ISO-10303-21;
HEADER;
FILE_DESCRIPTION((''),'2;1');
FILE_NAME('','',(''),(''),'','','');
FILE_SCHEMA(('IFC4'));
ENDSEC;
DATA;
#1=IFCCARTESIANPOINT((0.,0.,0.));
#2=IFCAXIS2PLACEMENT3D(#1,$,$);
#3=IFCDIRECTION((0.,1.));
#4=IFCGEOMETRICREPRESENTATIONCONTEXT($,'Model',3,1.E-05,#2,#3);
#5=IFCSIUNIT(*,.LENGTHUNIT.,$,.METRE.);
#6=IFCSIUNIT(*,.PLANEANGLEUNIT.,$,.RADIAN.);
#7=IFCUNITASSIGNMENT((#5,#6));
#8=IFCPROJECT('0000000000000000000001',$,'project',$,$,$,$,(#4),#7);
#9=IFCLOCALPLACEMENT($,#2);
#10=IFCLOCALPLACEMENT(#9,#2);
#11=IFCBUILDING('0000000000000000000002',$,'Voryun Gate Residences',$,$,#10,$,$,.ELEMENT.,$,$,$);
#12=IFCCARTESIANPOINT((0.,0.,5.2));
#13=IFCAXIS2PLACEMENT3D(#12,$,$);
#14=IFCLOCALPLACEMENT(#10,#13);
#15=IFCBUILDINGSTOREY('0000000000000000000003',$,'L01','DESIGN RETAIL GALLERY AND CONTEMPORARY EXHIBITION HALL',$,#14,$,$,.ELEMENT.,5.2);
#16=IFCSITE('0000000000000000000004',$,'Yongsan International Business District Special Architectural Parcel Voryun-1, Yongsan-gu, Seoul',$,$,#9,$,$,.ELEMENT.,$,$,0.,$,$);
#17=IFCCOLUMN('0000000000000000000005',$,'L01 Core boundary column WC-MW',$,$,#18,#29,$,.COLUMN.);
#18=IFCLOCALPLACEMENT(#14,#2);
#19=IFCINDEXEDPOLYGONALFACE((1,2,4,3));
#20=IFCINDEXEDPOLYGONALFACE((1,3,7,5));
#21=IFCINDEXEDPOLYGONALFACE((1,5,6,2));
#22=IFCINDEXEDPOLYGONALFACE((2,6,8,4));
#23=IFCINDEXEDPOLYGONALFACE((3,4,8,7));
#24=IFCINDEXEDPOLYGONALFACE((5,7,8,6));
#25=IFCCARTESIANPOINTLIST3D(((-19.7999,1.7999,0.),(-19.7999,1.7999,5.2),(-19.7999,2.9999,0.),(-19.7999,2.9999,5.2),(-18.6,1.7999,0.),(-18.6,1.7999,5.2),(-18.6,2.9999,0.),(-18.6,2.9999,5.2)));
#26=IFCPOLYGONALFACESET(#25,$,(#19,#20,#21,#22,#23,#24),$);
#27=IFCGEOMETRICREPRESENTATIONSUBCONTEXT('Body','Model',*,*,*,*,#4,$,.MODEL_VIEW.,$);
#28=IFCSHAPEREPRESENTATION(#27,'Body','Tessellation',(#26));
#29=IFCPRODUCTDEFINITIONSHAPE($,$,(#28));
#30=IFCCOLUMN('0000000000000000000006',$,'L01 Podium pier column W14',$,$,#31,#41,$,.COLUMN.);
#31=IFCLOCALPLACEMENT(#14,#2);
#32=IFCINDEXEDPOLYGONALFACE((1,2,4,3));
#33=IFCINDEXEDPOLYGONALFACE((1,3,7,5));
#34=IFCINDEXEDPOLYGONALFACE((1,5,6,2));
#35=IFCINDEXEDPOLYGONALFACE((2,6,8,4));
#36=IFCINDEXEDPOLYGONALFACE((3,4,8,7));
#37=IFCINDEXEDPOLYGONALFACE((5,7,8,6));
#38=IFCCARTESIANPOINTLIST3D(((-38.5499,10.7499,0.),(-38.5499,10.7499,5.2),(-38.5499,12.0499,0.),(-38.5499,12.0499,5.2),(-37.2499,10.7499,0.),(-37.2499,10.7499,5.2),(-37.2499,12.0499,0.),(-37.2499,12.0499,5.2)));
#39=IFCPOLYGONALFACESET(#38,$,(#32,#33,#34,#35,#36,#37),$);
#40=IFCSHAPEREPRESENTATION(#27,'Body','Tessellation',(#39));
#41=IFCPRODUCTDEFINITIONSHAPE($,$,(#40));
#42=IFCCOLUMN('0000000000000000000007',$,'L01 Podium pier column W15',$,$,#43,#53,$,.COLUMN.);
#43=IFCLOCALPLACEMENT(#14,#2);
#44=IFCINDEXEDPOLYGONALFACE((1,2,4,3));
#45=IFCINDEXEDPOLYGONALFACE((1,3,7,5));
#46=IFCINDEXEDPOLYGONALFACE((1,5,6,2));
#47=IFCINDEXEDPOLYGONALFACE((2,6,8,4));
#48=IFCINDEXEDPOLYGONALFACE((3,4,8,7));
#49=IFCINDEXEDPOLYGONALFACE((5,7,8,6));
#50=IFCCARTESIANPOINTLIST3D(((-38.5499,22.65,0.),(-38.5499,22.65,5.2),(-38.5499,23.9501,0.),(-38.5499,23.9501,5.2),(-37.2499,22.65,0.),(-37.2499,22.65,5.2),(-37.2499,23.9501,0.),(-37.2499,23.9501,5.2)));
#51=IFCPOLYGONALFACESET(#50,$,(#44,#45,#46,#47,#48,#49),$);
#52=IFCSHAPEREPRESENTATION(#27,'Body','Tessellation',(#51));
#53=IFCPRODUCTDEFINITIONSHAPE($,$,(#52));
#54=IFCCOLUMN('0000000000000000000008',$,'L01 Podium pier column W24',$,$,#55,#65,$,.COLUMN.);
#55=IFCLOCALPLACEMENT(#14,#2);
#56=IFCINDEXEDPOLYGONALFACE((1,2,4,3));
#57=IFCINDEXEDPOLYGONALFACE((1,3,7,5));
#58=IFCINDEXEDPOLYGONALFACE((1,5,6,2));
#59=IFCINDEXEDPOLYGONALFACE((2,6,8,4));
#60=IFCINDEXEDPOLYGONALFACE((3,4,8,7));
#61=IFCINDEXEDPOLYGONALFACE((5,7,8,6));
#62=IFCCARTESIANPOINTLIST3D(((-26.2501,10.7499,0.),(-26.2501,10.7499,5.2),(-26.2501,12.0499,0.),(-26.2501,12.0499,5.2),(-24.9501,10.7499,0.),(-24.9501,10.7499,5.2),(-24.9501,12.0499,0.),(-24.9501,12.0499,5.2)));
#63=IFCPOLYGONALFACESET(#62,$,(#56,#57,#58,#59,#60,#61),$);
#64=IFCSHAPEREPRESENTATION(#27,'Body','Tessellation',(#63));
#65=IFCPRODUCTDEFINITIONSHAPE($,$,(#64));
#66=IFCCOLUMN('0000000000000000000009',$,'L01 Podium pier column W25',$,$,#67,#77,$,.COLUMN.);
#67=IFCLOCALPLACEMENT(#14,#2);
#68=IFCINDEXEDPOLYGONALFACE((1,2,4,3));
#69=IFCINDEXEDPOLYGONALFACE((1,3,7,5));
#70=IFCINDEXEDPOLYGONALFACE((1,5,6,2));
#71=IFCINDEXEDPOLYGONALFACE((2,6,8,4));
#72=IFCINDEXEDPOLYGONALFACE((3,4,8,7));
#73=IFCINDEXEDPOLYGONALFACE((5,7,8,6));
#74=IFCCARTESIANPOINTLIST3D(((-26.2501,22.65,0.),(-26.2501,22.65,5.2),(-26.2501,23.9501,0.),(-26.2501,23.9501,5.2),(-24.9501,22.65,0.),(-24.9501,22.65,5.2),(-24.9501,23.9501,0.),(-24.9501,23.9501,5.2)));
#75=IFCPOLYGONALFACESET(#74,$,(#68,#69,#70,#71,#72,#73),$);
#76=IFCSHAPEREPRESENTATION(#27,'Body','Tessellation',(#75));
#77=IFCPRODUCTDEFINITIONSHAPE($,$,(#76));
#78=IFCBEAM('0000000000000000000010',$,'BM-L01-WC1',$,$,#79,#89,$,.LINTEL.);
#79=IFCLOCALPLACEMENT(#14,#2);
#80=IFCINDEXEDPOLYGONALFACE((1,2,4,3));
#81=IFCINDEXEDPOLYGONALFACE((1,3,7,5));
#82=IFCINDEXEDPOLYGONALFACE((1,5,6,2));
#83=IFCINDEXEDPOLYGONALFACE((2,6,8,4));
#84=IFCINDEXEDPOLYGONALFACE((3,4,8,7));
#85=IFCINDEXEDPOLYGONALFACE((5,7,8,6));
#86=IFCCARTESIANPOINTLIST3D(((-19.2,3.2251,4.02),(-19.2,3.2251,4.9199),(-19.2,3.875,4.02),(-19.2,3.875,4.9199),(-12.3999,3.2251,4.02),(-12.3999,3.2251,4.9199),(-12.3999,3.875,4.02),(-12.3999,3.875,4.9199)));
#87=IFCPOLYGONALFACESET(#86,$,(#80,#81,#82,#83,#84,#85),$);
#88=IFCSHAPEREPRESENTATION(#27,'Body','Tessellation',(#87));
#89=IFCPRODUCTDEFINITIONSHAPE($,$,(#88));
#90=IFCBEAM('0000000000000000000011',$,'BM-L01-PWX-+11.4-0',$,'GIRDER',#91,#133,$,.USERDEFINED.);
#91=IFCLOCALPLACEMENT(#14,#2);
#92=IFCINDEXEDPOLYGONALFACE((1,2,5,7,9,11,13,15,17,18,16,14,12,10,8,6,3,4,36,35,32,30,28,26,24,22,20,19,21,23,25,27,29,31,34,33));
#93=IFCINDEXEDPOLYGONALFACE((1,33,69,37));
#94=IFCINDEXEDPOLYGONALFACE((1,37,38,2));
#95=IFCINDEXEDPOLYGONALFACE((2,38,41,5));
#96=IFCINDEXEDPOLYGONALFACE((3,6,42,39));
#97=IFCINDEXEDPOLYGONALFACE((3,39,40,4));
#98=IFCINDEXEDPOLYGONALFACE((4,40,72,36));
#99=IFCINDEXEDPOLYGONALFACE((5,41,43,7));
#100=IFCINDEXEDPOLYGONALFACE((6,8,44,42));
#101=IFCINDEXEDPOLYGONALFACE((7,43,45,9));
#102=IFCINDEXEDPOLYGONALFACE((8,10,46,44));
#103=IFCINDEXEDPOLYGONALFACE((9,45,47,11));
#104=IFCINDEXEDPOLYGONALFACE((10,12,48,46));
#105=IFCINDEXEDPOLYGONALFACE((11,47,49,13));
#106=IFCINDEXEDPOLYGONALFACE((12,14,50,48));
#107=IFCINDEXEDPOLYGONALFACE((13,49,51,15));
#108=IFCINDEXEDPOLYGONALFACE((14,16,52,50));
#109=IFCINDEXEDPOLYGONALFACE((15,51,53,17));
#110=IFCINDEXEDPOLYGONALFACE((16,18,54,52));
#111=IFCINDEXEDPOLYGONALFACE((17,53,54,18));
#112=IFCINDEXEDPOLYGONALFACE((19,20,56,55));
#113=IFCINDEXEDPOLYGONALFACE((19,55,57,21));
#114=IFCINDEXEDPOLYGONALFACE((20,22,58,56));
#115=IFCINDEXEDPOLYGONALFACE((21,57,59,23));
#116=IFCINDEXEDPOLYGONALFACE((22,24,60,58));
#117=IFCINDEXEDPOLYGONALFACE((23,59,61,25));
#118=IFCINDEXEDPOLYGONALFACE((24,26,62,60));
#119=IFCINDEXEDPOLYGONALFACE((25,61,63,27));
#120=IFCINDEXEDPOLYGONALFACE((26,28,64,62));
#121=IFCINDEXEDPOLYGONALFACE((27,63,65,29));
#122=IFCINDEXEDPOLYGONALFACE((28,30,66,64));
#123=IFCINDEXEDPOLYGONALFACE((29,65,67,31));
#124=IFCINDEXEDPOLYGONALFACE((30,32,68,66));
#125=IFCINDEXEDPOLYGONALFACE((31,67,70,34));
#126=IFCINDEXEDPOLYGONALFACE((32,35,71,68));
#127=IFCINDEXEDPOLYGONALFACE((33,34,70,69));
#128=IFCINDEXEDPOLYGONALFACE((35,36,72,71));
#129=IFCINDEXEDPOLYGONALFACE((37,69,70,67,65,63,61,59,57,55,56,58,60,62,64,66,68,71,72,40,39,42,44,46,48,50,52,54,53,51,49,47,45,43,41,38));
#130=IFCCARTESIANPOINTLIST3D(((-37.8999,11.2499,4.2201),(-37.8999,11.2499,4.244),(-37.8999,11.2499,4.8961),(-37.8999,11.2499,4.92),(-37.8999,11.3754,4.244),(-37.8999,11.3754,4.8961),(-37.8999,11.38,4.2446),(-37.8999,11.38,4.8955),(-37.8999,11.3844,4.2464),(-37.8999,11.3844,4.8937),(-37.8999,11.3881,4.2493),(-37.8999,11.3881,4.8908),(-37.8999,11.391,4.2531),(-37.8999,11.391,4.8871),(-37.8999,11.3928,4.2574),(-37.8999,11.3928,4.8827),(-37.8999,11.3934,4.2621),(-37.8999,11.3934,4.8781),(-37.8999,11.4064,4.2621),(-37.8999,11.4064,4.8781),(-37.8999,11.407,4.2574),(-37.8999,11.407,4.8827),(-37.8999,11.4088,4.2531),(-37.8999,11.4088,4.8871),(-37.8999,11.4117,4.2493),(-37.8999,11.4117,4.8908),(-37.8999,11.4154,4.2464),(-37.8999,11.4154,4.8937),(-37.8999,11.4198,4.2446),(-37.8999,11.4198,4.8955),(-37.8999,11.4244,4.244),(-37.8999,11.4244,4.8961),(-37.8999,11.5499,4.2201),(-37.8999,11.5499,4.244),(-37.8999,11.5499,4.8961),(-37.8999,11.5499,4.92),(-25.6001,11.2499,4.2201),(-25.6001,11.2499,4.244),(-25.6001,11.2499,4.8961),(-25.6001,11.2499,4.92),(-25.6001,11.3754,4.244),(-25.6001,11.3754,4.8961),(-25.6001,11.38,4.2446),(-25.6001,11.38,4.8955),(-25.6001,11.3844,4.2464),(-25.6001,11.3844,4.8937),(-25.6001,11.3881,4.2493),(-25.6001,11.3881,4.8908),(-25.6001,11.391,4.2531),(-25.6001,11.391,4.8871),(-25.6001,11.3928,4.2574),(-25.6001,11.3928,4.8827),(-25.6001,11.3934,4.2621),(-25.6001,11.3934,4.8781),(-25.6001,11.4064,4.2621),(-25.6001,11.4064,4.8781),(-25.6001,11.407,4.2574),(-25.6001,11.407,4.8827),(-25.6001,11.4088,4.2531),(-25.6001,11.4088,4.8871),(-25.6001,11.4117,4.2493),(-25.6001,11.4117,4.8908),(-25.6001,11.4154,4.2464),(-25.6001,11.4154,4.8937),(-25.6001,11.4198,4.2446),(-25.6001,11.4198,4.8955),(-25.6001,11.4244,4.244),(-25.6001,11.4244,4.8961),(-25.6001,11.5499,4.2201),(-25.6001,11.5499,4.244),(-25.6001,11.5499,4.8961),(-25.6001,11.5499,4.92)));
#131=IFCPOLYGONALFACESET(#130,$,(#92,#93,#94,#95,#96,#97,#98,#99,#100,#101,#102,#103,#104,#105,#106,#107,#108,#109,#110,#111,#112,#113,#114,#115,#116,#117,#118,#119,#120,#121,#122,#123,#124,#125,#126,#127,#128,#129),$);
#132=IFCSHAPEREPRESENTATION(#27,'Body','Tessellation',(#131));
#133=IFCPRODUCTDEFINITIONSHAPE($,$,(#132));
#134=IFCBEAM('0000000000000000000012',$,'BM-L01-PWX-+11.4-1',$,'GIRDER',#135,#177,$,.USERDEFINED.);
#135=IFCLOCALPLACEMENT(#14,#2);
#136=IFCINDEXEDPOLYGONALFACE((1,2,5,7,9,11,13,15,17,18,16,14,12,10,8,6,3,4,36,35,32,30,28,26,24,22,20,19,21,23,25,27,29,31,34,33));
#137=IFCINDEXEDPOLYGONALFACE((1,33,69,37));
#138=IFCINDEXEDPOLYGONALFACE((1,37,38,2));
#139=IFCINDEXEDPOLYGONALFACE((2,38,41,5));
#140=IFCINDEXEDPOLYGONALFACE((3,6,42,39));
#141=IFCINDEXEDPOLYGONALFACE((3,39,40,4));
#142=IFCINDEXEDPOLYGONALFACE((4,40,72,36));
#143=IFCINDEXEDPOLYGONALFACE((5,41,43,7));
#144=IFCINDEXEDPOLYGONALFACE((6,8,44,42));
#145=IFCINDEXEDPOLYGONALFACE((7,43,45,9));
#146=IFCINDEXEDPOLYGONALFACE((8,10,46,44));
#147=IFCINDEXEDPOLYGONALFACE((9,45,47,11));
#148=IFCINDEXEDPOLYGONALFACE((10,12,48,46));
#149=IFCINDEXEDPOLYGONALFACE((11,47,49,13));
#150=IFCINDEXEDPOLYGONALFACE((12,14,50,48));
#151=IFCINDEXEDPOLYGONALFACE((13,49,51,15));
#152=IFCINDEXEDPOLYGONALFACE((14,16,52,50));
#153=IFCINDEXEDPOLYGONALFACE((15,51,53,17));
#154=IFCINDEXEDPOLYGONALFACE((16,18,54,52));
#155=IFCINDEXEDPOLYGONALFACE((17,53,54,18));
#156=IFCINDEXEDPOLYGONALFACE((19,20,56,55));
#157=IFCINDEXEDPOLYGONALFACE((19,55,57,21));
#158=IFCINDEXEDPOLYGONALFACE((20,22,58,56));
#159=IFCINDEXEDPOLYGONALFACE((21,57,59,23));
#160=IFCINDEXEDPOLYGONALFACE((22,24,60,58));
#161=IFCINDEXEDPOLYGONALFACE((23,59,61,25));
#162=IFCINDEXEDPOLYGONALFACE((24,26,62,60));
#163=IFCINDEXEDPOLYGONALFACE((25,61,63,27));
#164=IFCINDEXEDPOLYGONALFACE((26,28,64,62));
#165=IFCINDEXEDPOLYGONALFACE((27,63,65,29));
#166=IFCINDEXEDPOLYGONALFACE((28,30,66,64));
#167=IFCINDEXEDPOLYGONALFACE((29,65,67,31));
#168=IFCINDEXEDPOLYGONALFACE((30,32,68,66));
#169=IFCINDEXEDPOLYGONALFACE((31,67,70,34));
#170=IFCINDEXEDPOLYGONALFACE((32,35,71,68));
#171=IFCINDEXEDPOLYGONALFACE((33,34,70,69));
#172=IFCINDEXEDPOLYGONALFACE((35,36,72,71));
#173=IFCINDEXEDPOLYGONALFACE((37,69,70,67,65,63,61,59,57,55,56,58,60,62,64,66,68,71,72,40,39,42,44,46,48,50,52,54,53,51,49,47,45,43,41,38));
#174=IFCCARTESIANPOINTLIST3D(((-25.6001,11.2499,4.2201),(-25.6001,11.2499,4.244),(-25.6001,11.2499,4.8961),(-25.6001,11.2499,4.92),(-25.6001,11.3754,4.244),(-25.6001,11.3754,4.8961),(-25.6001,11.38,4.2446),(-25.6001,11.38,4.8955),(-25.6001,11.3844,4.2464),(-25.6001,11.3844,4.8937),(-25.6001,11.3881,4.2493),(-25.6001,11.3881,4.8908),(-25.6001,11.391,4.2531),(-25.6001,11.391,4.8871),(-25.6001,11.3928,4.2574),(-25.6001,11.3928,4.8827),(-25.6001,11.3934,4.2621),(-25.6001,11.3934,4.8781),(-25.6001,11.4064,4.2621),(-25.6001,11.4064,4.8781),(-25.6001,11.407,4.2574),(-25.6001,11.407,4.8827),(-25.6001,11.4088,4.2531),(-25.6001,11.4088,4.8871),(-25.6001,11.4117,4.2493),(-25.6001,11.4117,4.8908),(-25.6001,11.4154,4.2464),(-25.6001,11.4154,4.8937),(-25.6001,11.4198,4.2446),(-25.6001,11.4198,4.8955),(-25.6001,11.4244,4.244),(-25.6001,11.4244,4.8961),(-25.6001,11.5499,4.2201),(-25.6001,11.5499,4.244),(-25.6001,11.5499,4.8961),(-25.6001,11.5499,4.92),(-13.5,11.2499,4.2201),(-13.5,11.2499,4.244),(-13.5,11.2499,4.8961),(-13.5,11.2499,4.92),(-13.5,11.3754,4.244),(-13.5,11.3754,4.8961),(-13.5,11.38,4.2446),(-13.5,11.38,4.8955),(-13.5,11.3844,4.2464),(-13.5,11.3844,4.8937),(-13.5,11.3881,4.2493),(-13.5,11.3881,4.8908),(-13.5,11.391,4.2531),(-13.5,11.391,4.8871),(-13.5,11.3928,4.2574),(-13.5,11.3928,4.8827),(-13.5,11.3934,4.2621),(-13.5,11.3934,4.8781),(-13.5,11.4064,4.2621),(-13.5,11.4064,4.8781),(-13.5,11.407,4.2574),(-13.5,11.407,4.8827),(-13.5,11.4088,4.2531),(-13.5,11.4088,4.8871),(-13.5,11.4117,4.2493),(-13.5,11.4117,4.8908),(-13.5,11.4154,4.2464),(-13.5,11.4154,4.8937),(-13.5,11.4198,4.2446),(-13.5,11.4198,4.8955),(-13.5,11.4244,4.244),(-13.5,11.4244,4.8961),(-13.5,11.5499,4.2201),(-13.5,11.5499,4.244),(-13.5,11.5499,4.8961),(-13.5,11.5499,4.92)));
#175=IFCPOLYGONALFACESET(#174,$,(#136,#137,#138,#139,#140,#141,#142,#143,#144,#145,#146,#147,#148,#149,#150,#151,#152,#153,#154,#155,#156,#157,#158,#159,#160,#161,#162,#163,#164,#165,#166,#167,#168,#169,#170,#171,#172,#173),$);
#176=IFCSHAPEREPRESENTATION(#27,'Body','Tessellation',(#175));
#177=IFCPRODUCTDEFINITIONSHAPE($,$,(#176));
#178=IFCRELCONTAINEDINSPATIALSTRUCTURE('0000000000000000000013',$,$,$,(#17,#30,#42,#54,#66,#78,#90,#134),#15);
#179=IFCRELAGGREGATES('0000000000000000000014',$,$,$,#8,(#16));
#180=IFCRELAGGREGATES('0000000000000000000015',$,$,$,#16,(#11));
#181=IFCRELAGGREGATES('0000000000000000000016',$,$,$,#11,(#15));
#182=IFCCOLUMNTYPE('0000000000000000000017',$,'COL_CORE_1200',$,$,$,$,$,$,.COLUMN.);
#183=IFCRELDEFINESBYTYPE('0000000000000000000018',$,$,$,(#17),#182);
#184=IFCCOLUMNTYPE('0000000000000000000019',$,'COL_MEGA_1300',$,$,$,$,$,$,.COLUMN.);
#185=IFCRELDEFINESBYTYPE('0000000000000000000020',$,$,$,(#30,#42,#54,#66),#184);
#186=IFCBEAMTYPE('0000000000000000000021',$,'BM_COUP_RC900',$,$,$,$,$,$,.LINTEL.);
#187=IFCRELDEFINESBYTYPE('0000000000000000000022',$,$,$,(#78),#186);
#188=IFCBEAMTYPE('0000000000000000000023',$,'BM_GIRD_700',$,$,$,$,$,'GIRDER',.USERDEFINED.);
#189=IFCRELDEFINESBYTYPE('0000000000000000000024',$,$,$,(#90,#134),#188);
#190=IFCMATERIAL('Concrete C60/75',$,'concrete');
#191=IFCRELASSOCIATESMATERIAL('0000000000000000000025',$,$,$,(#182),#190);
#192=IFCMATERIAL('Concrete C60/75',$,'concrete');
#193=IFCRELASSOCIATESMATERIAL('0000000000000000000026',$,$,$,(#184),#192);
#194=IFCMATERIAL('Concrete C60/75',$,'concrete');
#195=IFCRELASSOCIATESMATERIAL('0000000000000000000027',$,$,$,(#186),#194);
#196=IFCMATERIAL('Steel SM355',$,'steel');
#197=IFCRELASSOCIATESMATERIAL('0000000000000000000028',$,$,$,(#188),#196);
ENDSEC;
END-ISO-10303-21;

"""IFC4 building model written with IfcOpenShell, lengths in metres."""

from ifc_helpers import new_model, si_unit, direction, frame, origin, origin_2d, place, context, subcontext, project, spatial, rectangle, i_section, extrude, material, material_profile, profile_set, type_object, element, save


model = new_model("IFC4")

# Units and contexts
model_context = context("Model", 3, precision=1e-05, world=origin(), true_north=direction((0.0, 1.0)))
body_context = subcontext(model_context, "Body", "Model", "MODEL_VIEW")
ifc_project = project(units=[si_unit("LENGTHUNIT", "METRE"), si_unit("PLANEANGLEUNIT", "RADIAN")], contexts=[model_context])

# Site, building, storey
site_placement = place(None, origin())
site = spatial("IfcSite", under=ifc_project, at=site_placement, Name="Yongsan International Business District Special Architectural Parcel Voryun-1, Yongsan-gu, Seoul", CompositionType="ELEMENT", RefElevation=0.0)
building_placement = place(site_placement, origin())
building = spatial("IfcBuilding", under=site, at=building_placement, Name="Voryun Gate Residences", CompositionType="ELEMENT")
storey_placement = place(building_placement, frame((0.0, 0.0, 5.2)))
storey = spatial("IfcBuildingStorey", under=building, at=storey_placement, Name="L01", Description="DESIGN RETAIL GALLERY AND CONTEMPORARY EXHIBITION HALL", CompositionType="ELEMENT", Elevation=5.2)

# Columns
ifc_material_1 = material(Name="Concrete C60/75", Category="concrete")
ifc_material_profile_1 = material_profile(ifc_material_1, rectangle(XDim=1.2, YDim=1.2, at=origin_2d()), Name="RC-1200x1200")
ifc_profile_set_1 = profile_set([ifc_material_profile_1], Name="Concrete C60/75")
column_type_1 = type_object("IfcColumnType", Name="COL_CORE_1200", PredefinedType="COLUMN", material=ifc_profile_set_1)
column_placement = place(storey_placement, frame((-19.2, 2.3999, 0.0), z_axis=(0.0, 0.0, 1.0), x_axis=(1.0, 0.0, 0.0)))
element("IfcColumn", 1, at=column_placement, inside=storey, type_object=column_type_1, Name="L01 Core boundary column WC-MW", PredefinedType="COLUMN", context=body_context, shape_type="SweptSolid", body=[
    extrude(rectangle(XDim=1.2, YDim=1.2, at=origin_2d()), origin(), (0.0, 0.0, 1.0), 5.2),
])
ifc_material_2 = material(Name="Concrete C60/75", Category="concrete")
ifc_material_profile_2 = material_profile(ifc_material_2, rectangle(XDim=1.3, YDim=1.3, at=origin_2d()), Name="RC-1300x1300")
ifc_profile_set_2 = profile_set([ifc_material_profile_2], Name="Concrete C60/75")
column_type_2 = type_object("IfcColumnType", Name="COL_MEGA_1300", PredefinedType="COLUMN", material=ifc_profile_set_2)
for number, where, z_axis, x_axis, name in (
    (2, (-37.8999, 11.3999, 0.0), (0.0, 0.0, 1.0), (1.0, 0.0, 0.0), "L01 Podium pier column W14"),
    (3, (-37.8999, 23.3, 0.0), (0.0, 0.0, 1.0), (1.0, 0.0, 0.0), "L01 Podium pier column W15"),
    (4, (-25.6001, 11.3999, 0.0), (0.0, 0.0, 1.0), (1.0, 0.0, 0.0), "L01 Podium pier column W24"),
    (5, (-25.6001, 23.3, 0.0), (0.0, 0.0, 1.0), (1.0, 0.0, 0.0), "L01 Podium pier column W25"),
):
    element("IfcColumn", number, at=place(storey_placement, frame(where, z_axis=z_axis, x_axis=x_axis)), inside=storey, type_object=column_type_2, Name=name, PredefinedType="COLUMN", context=body_context, shape_type="SweptSolid", body=[
        extrude(rectangle(XDim=1.3, YDim=1.3, at=origin_2d()), origin(), (0.0, 0.0, 1.0), 5.2),
    ])

# Beams
ifc_material_3 = material(Name="Concrete C60/75", Category="concrete")
ifc_material_profile_3 = material_profile(ifc_material_3, rectangle(XDim=0.6499, YDim=0.8999, at=origin_2d()), Name="RC-650x900")
ifc_profile_set_3 = profile_set([ifc_material_profile_3], Name="Concrete C60/75")
beam_type_1 = type_object("IfcBeamType", Name="BM_COUP_RC900", PredefinedType="LINTEL", material=ifc_profile_set_3)
beam_1_placement = place(storey_placement, frame((-19.2, 3.55, 4.47), z_axis=(1.0, 0.0, 0.0), x_axis=(0.0, 1.0, 0.0)))
element("IfcBeam", 6, at=beam_1_placement, inside=storey, type_object=beam_type_1, Name="BM-L01-WC1", PredefinedType="LINTEL", context=body_context, shape_type="SweptSolid", body=[
    extrude(rectangle(XDim=0.6499, YDim=0.8999, at=origin_2d()), origin(), (0.0, 0.0, 1.0), 6.8),
])
ifc_material_4 = material(Name="Steel SM355", Category="steel")
ifc_material_profile_4 = material_profile(ifc_material_4, i_section(OverallWidth=0.3, OverallDepth=0.7, WebThickness=0.0129, FlangeThickness=0.0239, FilletRadius=0.0181, at=origin_2d()), Name="H-700x300x13x24")
ifc_profile_set_4 = profile_set([ifc_material_profile_4], Name="Steel SM355")
beam_type_2 = type_object("IfcBeamType", Name="BM_GIRD_700", ElementType="GIRDER", PredefinedType="USERDEFINED", material=ifc_profile_set_4)
beam_2_placement = place(storey_placement, frame((-37.8999, 11.3999, 4.5701), z_axis=(1.0, 0.0, 0.0), x_axis=(0.0, 1.0, 0.0)))
element("IfcBeam", 7, at=beam_2_placement, inside=storey, type_object=beam_type_2, Name="BM-L01-PWX-+11.4-0", ObjectType="GIRDER", PredefinedType="USERDEFINED", context=body_context, shape_type="SweptSolid", body=[
    extrude(i_section(OverallWidth=0.3, OverallDepth=0.7, WebThickness=0.0129, FlangeThickness=0.0239, FilletRadius=0.0181, at=origin_2d()), origin(), (0.0, 0.0, 1.0), 12.2998),
])
beam_3_placement = place(storey_placement, frame((-25.6001, 11.3999, 4.5701), z_axis=(1.0, 0.0, 0.0), x_axis=(0.0, 1.0, 0.0)))
element("IfcBeam", 8, at=beam_3_placement, inside=storey, type_object=beam_type_2, Name="BM-L01-PWX-+11.4-1", ObjectType="GIRDER", PredefinedType="USERDEFINED", context=body_context, shape_type="SweptSolid", body=[
    extrude(i_section(OverallWidth=0.3, OverallDepth=0.7, WebThickness=0.0129, FlangeThickness=0.0239, FilletRadius=0.0181, at=origin_2d()), origin(), (0.0, 0.0, 1.0), 12.1001),
])

save(model, "model.ifc")
